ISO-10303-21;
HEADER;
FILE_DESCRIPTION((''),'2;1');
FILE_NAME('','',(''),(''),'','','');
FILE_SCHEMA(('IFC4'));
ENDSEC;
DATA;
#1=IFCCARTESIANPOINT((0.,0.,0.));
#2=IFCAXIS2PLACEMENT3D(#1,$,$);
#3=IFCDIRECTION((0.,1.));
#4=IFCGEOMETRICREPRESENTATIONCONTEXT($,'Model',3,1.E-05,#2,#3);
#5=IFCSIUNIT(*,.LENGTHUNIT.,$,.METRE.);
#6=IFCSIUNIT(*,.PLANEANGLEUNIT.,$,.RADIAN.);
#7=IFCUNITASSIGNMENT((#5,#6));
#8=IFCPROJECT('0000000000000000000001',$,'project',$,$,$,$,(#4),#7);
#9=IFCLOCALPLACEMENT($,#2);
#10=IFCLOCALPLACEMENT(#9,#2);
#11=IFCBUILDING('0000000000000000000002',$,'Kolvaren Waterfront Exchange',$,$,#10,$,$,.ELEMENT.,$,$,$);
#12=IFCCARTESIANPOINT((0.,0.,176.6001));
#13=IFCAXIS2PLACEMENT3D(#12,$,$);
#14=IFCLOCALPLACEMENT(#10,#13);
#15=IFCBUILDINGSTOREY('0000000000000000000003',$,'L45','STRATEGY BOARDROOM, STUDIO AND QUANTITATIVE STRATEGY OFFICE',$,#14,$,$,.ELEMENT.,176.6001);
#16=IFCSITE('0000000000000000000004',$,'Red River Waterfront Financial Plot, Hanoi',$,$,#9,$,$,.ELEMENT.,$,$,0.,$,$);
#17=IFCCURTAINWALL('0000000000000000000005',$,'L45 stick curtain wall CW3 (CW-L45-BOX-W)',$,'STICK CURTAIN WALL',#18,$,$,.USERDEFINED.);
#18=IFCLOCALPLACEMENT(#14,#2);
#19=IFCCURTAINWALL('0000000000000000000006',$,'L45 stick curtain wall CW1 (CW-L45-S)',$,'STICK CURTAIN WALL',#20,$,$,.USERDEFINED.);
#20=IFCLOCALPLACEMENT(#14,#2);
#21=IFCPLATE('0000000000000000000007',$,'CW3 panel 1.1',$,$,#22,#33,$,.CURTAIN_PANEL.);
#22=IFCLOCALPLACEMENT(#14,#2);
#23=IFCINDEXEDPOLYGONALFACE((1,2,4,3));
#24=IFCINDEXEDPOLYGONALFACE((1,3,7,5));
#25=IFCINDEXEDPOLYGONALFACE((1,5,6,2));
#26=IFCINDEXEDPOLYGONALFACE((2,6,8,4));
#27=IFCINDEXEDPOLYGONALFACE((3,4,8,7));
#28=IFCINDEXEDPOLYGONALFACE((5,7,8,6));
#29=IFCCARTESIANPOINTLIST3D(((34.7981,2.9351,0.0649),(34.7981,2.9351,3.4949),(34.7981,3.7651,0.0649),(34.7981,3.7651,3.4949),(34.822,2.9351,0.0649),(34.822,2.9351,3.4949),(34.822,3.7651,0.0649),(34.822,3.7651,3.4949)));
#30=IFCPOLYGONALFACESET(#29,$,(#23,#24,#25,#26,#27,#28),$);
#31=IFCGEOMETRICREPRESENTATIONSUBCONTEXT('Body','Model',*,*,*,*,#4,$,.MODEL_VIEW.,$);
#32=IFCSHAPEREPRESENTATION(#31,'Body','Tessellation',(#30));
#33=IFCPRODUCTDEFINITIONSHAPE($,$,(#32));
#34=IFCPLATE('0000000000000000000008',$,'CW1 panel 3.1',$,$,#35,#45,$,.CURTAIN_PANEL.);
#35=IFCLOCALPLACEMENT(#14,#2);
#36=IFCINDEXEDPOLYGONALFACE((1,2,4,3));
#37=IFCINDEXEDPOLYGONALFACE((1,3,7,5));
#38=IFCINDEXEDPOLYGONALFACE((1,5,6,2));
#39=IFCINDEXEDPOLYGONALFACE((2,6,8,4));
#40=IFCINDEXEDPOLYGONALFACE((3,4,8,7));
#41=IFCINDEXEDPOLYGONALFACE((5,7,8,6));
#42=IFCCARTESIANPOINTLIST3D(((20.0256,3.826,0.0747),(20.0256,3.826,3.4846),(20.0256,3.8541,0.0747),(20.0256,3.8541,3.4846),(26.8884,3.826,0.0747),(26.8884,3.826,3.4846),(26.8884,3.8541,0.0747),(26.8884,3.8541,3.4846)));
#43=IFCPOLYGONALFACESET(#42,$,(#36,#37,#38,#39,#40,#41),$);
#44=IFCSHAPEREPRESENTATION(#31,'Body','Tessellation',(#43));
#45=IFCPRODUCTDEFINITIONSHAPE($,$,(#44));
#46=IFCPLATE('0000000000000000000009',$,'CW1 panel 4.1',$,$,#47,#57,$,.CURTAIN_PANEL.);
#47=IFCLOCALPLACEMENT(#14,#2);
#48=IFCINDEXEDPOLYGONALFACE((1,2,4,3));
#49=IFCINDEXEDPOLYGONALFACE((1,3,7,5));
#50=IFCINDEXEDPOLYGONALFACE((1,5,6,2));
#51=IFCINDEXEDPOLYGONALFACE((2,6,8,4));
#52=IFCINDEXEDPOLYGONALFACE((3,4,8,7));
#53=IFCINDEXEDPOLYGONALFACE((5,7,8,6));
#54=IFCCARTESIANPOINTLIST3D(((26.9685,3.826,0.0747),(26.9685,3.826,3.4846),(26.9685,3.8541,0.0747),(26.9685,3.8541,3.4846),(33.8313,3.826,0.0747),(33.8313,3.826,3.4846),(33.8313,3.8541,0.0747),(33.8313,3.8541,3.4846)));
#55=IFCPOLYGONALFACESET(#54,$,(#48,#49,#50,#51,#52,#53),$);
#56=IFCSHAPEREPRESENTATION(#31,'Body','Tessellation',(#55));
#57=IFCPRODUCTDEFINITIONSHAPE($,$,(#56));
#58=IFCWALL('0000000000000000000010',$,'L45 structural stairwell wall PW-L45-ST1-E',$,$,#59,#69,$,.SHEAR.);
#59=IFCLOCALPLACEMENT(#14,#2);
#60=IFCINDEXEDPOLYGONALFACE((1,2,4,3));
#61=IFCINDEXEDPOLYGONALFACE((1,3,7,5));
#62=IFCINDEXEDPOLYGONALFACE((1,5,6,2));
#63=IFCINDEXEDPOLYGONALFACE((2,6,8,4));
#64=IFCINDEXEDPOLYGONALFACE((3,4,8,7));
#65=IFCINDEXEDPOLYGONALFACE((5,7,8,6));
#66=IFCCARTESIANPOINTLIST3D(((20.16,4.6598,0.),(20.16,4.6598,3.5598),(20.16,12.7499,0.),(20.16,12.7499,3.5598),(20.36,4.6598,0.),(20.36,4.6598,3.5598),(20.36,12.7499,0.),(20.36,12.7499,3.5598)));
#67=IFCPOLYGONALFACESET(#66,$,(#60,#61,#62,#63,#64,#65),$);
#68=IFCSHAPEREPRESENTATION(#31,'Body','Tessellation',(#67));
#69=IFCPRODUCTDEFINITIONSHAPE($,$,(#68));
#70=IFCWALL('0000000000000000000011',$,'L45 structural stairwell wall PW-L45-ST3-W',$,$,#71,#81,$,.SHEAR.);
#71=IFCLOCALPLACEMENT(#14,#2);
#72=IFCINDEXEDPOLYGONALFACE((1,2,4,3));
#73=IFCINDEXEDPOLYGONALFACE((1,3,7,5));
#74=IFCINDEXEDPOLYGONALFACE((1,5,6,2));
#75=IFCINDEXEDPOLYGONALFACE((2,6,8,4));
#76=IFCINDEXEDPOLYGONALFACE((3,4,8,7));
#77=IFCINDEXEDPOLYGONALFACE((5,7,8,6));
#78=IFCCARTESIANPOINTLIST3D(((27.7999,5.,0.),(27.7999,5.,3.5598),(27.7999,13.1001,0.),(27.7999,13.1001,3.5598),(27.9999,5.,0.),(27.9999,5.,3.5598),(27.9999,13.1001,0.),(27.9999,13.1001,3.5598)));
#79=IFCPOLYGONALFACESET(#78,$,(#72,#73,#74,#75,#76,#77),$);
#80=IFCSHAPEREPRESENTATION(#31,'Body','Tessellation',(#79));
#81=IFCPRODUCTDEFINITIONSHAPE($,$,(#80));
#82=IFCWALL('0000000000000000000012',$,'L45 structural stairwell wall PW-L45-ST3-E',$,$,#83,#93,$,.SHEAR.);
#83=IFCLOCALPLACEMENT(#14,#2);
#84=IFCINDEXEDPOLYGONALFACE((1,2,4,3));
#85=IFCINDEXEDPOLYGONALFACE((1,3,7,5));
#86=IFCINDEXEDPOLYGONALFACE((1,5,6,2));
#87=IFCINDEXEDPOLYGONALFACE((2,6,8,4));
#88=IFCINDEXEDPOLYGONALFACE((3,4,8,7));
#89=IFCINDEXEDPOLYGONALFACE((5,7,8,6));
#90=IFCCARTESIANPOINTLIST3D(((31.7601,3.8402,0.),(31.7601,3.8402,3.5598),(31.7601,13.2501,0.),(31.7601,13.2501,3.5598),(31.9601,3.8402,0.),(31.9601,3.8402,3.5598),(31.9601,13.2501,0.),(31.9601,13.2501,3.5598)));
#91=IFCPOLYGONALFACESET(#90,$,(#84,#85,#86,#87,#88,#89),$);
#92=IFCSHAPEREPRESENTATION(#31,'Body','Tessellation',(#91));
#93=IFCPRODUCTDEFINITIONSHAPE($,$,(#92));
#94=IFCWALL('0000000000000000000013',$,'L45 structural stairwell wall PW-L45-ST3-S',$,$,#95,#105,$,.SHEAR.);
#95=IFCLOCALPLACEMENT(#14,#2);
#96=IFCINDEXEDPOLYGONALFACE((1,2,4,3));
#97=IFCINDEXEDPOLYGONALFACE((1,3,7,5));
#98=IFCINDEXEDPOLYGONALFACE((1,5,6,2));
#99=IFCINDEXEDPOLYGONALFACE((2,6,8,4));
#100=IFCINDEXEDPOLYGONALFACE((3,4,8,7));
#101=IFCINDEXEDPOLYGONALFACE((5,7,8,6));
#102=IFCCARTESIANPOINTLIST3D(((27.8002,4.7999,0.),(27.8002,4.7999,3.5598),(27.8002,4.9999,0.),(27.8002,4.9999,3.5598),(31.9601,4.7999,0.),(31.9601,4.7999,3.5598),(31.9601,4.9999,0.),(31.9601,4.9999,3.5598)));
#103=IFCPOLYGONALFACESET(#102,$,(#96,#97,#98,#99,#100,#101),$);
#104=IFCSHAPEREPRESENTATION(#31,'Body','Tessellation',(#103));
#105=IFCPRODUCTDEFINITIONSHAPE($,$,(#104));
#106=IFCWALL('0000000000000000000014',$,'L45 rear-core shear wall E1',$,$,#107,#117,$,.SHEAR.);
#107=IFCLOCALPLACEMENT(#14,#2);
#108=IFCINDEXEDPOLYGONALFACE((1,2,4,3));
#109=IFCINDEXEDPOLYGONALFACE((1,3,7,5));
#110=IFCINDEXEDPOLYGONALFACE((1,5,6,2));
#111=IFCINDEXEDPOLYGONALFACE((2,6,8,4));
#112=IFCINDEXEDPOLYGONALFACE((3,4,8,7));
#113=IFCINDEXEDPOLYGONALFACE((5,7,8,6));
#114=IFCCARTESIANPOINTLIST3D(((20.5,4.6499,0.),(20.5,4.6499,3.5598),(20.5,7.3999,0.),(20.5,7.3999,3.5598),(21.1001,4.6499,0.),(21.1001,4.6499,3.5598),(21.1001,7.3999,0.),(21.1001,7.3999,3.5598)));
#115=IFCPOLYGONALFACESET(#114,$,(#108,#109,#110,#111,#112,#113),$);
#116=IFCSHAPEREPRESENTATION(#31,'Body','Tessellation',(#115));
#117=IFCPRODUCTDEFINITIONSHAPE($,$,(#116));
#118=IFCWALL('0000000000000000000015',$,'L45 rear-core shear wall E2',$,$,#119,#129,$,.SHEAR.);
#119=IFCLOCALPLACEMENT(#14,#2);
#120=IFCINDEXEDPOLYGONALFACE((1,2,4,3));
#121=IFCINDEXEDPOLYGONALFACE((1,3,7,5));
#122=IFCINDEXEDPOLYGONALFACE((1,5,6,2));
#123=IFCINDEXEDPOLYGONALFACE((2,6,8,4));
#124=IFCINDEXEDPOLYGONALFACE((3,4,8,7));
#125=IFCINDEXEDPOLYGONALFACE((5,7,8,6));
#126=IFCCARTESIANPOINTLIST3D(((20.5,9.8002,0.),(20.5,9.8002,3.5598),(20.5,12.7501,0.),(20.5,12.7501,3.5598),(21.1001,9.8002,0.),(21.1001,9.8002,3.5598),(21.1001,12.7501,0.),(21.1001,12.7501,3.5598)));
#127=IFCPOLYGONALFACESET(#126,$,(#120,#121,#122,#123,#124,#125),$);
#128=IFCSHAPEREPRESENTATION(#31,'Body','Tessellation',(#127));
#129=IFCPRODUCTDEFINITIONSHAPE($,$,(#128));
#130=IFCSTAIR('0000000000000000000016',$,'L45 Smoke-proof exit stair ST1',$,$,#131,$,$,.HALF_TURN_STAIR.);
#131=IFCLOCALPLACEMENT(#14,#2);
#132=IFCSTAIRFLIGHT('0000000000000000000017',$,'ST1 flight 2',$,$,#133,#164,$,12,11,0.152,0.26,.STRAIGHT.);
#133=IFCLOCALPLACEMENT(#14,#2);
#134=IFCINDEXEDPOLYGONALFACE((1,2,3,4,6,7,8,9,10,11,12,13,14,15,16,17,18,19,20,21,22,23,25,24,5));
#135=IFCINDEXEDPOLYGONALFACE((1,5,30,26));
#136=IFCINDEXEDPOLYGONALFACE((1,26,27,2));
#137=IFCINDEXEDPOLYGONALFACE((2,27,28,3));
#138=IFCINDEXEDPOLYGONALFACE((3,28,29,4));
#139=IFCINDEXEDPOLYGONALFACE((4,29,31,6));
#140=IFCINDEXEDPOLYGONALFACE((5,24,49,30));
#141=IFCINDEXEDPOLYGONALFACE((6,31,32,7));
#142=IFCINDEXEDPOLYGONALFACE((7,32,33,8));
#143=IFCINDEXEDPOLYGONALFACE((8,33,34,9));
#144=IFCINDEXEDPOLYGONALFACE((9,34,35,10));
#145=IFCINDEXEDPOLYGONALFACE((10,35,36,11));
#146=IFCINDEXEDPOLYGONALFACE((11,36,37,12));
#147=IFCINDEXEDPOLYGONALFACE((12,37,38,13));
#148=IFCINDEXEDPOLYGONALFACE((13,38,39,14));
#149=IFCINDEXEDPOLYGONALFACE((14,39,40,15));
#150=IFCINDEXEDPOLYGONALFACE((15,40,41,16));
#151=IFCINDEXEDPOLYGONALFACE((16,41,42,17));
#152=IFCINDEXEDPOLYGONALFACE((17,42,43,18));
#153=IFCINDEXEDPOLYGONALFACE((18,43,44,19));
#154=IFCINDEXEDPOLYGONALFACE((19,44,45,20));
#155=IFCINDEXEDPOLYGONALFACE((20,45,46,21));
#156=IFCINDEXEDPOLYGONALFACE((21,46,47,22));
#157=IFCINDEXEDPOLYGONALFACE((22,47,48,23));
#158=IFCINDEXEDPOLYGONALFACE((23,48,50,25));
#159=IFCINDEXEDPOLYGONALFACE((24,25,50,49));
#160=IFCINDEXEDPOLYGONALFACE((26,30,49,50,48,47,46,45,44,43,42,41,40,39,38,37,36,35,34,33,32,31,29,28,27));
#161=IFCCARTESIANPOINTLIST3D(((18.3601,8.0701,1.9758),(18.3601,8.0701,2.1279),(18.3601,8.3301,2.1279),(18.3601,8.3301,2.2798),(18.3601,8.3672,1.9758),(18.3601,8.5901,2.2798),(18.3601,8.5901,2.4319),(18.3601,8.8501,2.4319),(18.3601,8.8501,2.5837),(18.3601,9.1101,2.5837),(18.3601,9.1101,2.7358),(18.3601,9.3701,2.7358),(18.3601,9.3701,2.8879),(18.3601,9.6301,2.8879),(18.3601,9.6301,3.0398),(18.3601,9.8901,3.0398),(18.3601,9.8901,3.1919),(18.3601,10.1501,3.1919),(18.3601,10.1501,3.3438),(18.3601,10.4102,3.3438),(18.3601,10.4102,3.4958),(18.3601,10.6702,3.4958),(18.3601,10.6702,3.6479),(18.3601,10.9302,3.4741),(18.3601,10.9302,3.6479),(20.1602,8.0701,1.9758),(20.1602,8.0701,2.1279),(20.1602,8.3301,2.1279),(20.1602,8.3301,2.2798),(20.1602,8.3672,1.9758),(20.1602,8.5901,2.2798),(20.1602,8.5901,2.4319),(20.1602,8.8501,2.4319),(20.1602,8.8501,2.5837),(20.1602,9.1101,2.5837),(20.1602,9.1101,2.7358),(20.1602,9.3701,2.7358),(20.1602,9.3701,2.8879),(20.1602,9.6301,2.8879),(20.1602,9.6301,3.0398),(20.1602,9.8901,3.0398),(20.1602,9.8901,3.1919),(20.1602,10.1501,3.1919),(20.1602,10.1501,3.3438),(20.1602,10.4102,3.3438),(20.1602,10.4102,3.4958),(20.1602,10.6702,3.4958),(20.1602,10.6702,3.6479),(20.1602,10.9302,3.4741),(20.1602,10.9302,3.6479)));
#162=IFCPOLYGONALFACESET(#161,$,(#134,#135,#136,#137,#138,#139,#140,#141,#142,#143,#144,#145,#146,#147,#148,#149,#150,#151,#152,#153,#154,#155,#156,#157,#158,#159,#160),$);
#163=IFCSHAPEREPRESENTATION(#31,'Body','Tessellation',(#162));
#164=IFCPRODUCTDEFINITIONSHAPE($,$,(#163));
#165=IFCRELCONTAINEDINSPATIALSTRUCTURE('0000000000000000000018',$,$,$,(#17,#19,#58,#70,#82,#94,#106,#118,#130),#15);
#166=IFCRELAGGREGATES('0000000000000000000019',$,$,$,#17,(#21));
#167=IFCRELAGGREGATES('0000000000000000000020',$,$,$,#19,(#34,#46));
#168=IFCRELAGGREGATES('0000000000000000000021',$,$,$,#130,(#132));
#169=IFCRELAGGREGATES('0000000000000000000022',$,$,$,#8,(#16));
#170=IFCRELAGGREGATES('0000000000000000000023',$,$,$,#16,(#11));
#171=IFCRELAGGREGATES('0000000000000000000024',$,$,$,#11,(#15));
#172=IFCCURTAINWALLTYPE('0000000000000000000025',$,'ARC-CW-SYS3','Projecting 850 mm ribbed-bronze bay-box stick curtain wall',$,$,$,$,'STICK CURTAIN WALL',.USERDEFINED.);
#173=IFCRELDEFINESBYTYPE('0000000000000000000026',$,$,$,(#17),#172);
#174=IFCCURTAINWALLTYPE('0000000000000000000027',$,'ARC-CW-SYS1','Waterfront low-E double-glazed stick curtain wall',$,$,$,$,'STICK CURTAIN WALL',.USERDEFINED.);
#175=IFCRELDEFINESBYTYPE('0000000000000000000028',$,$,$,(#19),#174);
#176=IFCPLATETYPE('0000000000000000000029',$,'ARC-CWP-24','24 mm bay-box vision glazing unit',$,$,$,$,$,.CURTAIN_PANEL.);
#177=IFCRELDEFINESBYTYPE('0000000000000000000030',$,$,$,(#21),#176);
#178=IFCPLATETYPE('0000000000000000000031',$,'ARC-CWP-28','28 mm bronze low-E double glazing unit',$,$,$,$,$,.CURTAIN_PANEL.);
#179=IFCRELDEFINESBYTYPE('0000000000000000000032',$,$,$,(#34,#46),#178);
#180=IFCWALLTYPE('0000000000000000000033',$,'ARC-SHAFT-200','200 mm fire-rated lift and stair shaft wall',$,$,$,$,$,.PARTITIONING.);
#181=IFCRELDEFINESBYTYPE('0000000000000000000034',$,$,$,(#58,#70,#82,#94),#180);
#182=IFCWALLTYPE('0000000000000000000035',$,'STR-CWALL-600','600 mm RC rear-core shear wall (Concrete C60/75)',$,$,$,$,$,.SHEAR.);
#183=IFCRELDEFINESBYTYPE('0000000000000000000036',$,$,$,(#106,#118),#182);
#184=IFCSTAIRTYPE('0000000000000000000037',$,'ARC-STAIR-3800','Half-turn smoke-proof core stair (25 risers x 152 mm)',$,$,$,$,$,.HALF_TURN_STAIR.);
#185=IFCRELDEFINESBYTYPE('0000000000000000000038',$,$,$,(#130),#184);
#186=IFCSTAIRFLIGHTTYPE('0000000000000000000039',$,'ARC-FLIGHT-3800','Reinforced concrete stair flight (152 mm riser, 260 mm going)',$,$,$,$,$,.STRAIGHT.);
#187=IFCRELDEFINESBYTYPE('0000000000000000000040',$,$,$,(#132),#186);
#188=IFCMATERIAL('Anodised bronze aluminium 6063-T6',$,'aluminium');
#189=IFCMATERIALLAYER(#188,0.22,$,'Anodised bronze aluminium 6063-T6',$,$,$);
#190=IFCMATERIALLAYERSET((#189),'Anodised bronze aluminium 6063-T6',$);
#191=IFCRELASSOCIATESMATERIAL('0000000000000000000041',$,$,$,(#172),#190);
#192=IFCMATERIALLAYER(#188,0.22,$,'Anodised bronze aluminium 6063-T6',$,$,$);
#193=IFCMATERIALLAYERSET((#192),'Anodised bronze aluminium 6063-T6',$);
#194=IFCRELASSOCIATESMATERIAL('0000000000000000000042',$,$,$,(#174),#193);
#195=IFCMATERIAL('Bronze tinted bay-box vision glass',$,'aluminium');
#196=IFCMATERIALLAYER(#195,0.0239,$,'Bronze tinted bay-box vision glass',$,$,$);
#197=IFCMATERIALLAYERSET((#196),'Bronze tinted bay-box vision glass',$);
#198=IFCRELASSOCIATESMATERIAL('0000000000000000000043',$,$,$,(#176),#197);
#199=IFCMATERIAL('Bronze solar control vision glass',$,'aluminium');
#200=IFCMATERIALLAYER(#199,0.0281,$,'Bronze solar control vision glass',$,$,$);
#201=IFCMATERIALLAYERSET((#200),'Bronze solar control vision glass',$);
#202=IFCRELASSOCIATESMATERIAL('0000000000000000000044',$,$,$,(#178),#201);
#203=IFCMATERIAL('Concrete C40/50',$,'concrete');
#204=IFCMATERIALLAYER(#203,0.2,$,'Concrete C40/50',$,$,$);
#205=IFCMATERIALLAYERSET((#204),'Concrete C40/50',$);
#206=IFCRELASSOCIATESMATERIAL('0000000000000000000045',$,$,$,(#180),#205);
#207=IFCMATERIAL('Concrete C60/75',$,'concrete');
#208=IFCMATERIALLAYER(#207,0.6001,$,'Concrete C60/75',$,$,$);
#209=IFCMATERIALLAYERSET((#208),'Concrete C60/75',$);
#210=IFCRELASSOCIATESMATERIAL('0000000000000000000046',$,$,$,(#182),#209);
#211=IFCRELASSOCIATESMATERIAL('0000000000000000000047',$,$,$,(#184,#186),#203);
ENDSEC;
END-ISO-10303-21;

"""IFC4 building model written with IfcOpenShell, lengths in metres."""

from ifc_helpers import new_model, si_unit, direction, frame, frame_2d, origin, origin_with_axes, origin_2d, place, context, subcontext, project, spatial, polyline, rectangle, outline, extrude, source, transform, mapped, material, layer, layer_set, type_object, element, aggregate, save


model = new_model("IFC4")

# Units and contexts
model_context = context("Model", 3, precision=1e-05, world=origin(), true_north=direction((0.0, 1.0)))
body_context = subcontext(model_context, "Body", "Model", "MODEL_VIEW")
ifc_project = project(units=[si_unit("LENGTHUNIT", "METRE"), si_unit("PLANEANGLEUNIT", "RADIAN")], contexts=[model_context])

# Site, building, storey
site_placement = place(None, origin())
site = spatial("IfcSite", under=ifc_project, at=site_placement, Name="Red River Waterfront Financial Plot, Hanoi", CompositionType="ELEMENT", RefElevation=0.0)
building_placement = place(site_placement, origin())
building = spatial("IfcBuilding", under=site, at=building_placement, Name="Kolvaren Waterfront Exchange", CompositionType="ELEMENT")
storey_placement = place(building_placement, frame((0.0, 0.0, 176.6001)))
storey = spatial("IfcBuildingStorey", under=building, at=storey_placement, Name="L45", Description="STRATEGY BOARDROOM, STUDIO AND QUANTITATIVE STRATEGY OFFICE", CompositionType="ELEMENT", Elevation=176.6001)

# Shared definitions
ifc_material_1 = material(Name="Concrete C60/75", Category="concrete")

# Curtain walls
ifc_material_2 = material(Name="Anodised bronze aluminium 6063-T6", Category="aluminium")
ifc_layer_1 = layer(ifc_material_2, 0.22, Name="Anodised bronze aluminium 6063-T6")
ifc_layer_set_1 = layer_set([ifc_layer_1], Name="Anodised bronze aluminium 6063-T6")
curtain_wall_type_1 = type_object("IfcCurtainWallType", Name="ARC-CW-SYS3", Description="Projecting 850 mm ribbed-bronze bay-box stick curtain wall", ElementType="STICK CURTAIN WALL", PredefinedType="USERDEFINED", material=ifc_layer_set_1)
curtain_wall_1_placement = place(storey_placement, origin())
curtain_wall_1 = element("IfcCurtainWall", 1, at=curtain_wall_1_placement, inside=storey, type_object=curtain_wall_type_1, Name="L45 stick curtain wall CW3 (CW-L45-BOX-W)", ObjectType="STICK CURTAIN WALL", PredefinedType="USERDEFINED")
ifc_layer_2 = layer(ifc_material_2, 0.22, Name="Anodised bronze aluminium 6063-T6")
ifc_layer_set_2 = layer_set([ifc_layer_2], Name="Anodised bronze aluminium 6063-T6")
curtain_wall_type_2 = type_object("IfcCurtainWallType", Name="ARC-CW-SYS1", Description="Waterfront low-E double-glazed stick curtain wall", ElementType="STICK CURTAIN WALL", PredefinedType="USERDEFINED", material=ifc_layer_set_2)
curtain_wall_2_placement = place(storey_placement, origin())
curtain_wall_2 = element("IfcCurtainWall", 2, at=curtain_wall_2_placement, inside=storey, type_object=curtain_wall_type_2, Name="L45 stick curtain wall CW1 (CW-L45-S)", ObjectType="STICK CURTAIN WALL", PredefinedType="USERDEFINED")

# Plates
ifc_material_3 = material(Name="Bronze tinted bay-box vision glass", Category="aluminium")
ifc_layer_3 = layer(ifc_material_3, 0.0239, Name="Bronze tinted bay-box vision glass")
ifc_layer_set_3 = layer_set([ifc_layer_3], Name="Bronze tinted bay-box vision glass")
plate_type_1 = type_object("IfcPlateType", Name="ARC-CWP-24", Description="24 mm bay-box vision glazing unit", PredefinedType="CURTAIN_PANEL", material=ifc_layer_set_3)
shared_shape_1 = source(origin_with_axes(), body_context, "Body", "SweptSolid", [
    extrude(rectangle(XDim=0.8301, YDim=0.0239, at=origin_2d()), origin(), (0.0, 0.0, 1.0), 3.4299),
])
plate_1_placement = place(storey_placement, frame((34.8101, 3.3501, 0.0649), z_axis=(0.0, 0.0, 1.0), x_axis=(0.0, -1.0, 0.0)))
plate_1 = element("IfcPlate", 3, at=plate_1_placement, type_object=plate_type_1, Name="CW3 panel 1.1", PredefinedType="CURTAIN_PANEL", context=body_context, shape_type="MappedRepresentation", body=[
    mapped(shared_shape_1, transform((0.0, 0.0, 0.0), x_axis=(1.0, 0.0, 0.0), y_axis=(0.0, 1.0, 0.0), z_axis=(0.0, 0.0, 1.0), scale=1.0)),
])
aggregate(curtain_wall_1, [plate_1])
ifc_material_4 = material(Name="Bronze solar control vision glass", Category="aluminium")
ifc_layer_4 = layer(ifc_material_4, 0.0281, Name="Bronze solar control vision glass")
ifc_layer_set_4 = layer_set([ifc_layer_4], Name="Bronze solar control vision glass")
plate_type_2 = type_object("IfcPlateType", Name="ARC-CWP-28", Description="28 mm bronze low-E double glazing unit", PredefinedType="CURTAIN_PANEL", material=ifc_layer_set_4)
shared_shape_2 = source(origin_with_axes(), body_context, "Body", "SweptSolid", [
    extrude(rectangle(XDim=6.8628, YDim=0.0281, at=origin_2d()), origin(), (0.0, 0.0, 1.0), 3.4099),
])
plate_2_placement = place(storey_placement, frame((23.457, 3.8401, 0.0747), z_axis=(0.0, 0.0, 1.0), x_axis=(1.0, 0.0, 0.0)))
plate_2 = element("IfcPlate", 4, at=plate_2_placement, type_object=plate_type_2, Name="CW1 panel 3.1", PredefinedType="CURTAIN_PANEL", context=body_context, shape_type="MappedRepresentation", body=[
    mapped(shared_shape_2, transform((0.0, 0.0, 0.0), x_axis=(1.0, 0.0, 0.0), y_axis=(0.0, 1.0, 0.0), z_axis=(0.0, 0.0, 1.0), scale=1.0)),
])
plate_3_placement = place(storey_placement, frame((30.3999, 3.8401, 0.0747), z_axis=(0.0, 0.0, 1.0), x_axis=(1.0, 0.0, 0.0)))
plate_3 = element("IfcPlate", 5, at=plate_3_placement, type_object=plate_type_2, Name="CW1 panel 4.1", PredefinedType="CURTAIN_PANEL", context=body_context, shape_type="MappedRepresentation", body=[
    mapped(shared_shape_2, transform((0.0, 0.0, 0.0), x_axis=(1.0, 0.0, 0.0), y_axis=(0.0, 1.0, 0.0), z_axis=(0.0, 0.0, 1.0), scale=1.0)),
])
aggregate(curtain_wall_2, [plate_2, plate_3])

# Walls
ifc_material_5 = material(Name="Concrete C40/50", Category="concrete")
ifc_layer_5 = layer(ifc_material_5, 0.2, Name="Concrete C40/50")
ifc_layer_set_5 = layer_set([ifc_layer_5], Name="Concrete C40/50")
wall_type_1 = type_object("IfcWallType", Name="ARC-SHAFT-200", Description="200 mm fire-rated lift and stair shaft wall", PredefinedType="PARTITIONING", material=ifc_layer_set_5)
wall_1_placement = place(storey_placement, frame((20.26, 4.6599, 0.0), z_axis=(0.0, 0.0, 1.0), x_axis=(0.0, 1.0, 0.0)))
element("IfcWall", 6, at=wall_1_placement, inside=storey, type_object=wall_type_1, Name="L45 structural stairwell wall PW-L45-ST1-E", PredefinedType="SHEAR", context=body_context, shape_type="SweptSolid", body=[
    extrude(rectangle(XDim=8.0901, YDim=0.2, at=frame_2d((4.0449, 0.0))), origin(), (0.0, 0.0, 1.0), 3.5598),
])
wall_2_placement = place(storey_placement, frame((27.8999, 5.0, 0.0), z_axis=(0.0, 0.0, 1.0), x_axis=(0.0, 1.0, 0.0)))
element("IfcWall", 7, at=wall_2_placement, inside=storey, type_object=wall_type_1, Name="L45 structural stairwell wall PW-L45-ST3-W", PredefinedType="SHEAR", context=body_context, shape_type="SweptSolid", body=[
    extrude(rectangle(XDim=8.1001, YDim=0.2, at=frame_2d((4.05, 0.0))), origin(), (0.0, 0.0, 1.0), 3.5598),
])
wall_3_placement = place(storey_placement, frame((31.8601, 3.8401, 0.0), z_axis=(0.0, 0.0, 1.0), x_axis=(0.0, 1.0, 0.0)))
element("IfcWall", 8, at=wall_3_placement, inside=storey, type_object=wall_type_1, Name="L45 structural stairwell wall PW-L45-ST3-E", PredefinedType="SHEAR", context=body_context, shape_type="SweptSolid", body=[
    extrude(rectangle(XDim=9.4099, YDim=0.2, at=frame_2d((4.7051, 0.0))), origin(), (0.0, 0.0, 1.0), 3.5598),
])
wall_4_placement = place(storey_placement, frame((27.8, 4.8999, 0.0), z_axis=(0.0, 0.0, 1.0), x_axis=(1.0, 0.0, 0.0)))
element("IfcWall", 9, at=wall_4_placement, inside=storey, type_object=wall_type_1, Name="L45 structural stairwell wall PW-L45-ST3-S", PredefinedType="SHEAR", context=body_context, shape_type="SweptSolid", body=[
    extrude(rectangle(XDim=4.1599, YDim=0.2, at=frame_2d((2.0801, 0.0))), origin(), (0.0, 0.0, 1.0), 3.5598),
])
ifc_layer_6 = layer(ifc_material_1, 0.6001, Name="Concrete C60/75")
ifc_layer_set_6 = layer_set([ifc_layer_6], Name="Concrete C60/75")
wall_type_2 = type_object("IfcWallType", Name="STR-CWALL-600", Description="600 mm RC rear-core shear wall (Concrete C60/75)", PredefinedType="SHEAR", material=ifc_layer_set_6)
wall_5_placement = place(storey_placement, frame((20.8, 4.6499, 0.0), z_axis=(0.0, 0.0, 1.0), x_axis=(0.0, 1.0, 0.0)))
element("IfcWall", 10, at=wall_5_placement, inside=storey, type_object=wall_type_2, Name="L45 rear-core shear wall E1", PredefinedType="SHEAR", context=body_context, shape_type="SweptSolid", body=[
    extrude(rectangle(XDim=2.75, YDim=0.6001, at=frame_2d((1.375, 0.0))), origin(), (0.0, 0.0, 1.0), 3.5598),
])
wall_6_placement = place(storey_placement, frame((20.8, 9.8, 0.0), z_axis=(0.0, 0.0, 1.0), x_axis=(0.0, 1.0, 0.0)))
element("IfcWall", 11, at=wall_6_placement, inside=storey, type_object=wall_type_2, Name="L45 rear-core shear wall E2", PredefinedType="SHEAR", context=body_context, shape_type="SweptSolid", body=[
    extrude(rectangle(XDim=2.95, YDim=0.6001, at=frame_2d((1.4751, 0.0))), origin(), (0.0, 0.0, 1.0), 3.5598),
])

# Stair, stair flight
stair_type = type_object("IfcStairType", Name="ARC-STAIR-3800", Description="Half-turn smoke-proof core stair (25 risers x 152 mm)", PredefinedType="HALF_TURN_STAIR", material=ifc_material_5)
stair_1_placement = place(storey_placement, origin())
stair_1 = element("IfcStair", 12, at=stair_1_placement, inside=storey, type_object=stair_type, Name="L45 Smoke-proof exit stair ST1", PredefinedType="HALF_TURN_STAIR")
stair_flight_type = type_object("IfcStairFlightType", Name="ARC-FLIGHT-3800", Description="Reinforced concrete stair flight (152 mm riser, 260 mm going)", PredefinedType="STRAIGHT", material=ifc_material_5)
stair_flight_1_placement = place(storey_placement, frame((19.26, 8.0701, 1.9758), z_axis=(0.0, 0.0, 1.0), x_axis=(0.0, 1.0, 0.0)))
stair_flight_1 = element("IfcStairFlight", 13, at=stair_flight_1_placement, type_object=stair_flight_type, Name="ST1 flight 2", NumberOfRisers=12, NumberOfTreads=11, PredefinedType="STRAIGHT", RiserHeight=0.152, TreadLength=0.26, context=body_context, shape_type="SweptSolid", body=[
    extrude(outline(polyline([(0.0, 0.0), (0.0, 0.1521), (0.26, 0.1521), (0.26, 0.304), (0.52, 0.304), (0.52, 0.4561), (0.78, 0.4561), (0.78, 0.6079), (1.04, 0.6079), (1.04, 0.76), (1.3, 0.76), (1.3, 0.9121), (1.5601, 0.9121), (1.5601, 1.064), (1.8201, 1.064), (1.8201, 1.2161), (2.0801, 1.2161), (2.0801, 1.3679), (2.3401, 1.3679), (2.3401, 1.52), (2.6001, 1.52), (2.6001, 1.6721), (2.8601, 1.6721), (2.8601, 1.824), (2.8601, 1.4983), (0.2971, 0.0), (0.0, 0.0)])), frame((0.0, 0.8999, 0.0), z_axis=(0.0, -1.0, 0.0), x_axis=(1.0, 0.0, 0.0)), (0.0, 0.0, 1.0), 1.8),
])
aggregate(stair_1, [stair_flight_1])

save(model, "model.ifc")
